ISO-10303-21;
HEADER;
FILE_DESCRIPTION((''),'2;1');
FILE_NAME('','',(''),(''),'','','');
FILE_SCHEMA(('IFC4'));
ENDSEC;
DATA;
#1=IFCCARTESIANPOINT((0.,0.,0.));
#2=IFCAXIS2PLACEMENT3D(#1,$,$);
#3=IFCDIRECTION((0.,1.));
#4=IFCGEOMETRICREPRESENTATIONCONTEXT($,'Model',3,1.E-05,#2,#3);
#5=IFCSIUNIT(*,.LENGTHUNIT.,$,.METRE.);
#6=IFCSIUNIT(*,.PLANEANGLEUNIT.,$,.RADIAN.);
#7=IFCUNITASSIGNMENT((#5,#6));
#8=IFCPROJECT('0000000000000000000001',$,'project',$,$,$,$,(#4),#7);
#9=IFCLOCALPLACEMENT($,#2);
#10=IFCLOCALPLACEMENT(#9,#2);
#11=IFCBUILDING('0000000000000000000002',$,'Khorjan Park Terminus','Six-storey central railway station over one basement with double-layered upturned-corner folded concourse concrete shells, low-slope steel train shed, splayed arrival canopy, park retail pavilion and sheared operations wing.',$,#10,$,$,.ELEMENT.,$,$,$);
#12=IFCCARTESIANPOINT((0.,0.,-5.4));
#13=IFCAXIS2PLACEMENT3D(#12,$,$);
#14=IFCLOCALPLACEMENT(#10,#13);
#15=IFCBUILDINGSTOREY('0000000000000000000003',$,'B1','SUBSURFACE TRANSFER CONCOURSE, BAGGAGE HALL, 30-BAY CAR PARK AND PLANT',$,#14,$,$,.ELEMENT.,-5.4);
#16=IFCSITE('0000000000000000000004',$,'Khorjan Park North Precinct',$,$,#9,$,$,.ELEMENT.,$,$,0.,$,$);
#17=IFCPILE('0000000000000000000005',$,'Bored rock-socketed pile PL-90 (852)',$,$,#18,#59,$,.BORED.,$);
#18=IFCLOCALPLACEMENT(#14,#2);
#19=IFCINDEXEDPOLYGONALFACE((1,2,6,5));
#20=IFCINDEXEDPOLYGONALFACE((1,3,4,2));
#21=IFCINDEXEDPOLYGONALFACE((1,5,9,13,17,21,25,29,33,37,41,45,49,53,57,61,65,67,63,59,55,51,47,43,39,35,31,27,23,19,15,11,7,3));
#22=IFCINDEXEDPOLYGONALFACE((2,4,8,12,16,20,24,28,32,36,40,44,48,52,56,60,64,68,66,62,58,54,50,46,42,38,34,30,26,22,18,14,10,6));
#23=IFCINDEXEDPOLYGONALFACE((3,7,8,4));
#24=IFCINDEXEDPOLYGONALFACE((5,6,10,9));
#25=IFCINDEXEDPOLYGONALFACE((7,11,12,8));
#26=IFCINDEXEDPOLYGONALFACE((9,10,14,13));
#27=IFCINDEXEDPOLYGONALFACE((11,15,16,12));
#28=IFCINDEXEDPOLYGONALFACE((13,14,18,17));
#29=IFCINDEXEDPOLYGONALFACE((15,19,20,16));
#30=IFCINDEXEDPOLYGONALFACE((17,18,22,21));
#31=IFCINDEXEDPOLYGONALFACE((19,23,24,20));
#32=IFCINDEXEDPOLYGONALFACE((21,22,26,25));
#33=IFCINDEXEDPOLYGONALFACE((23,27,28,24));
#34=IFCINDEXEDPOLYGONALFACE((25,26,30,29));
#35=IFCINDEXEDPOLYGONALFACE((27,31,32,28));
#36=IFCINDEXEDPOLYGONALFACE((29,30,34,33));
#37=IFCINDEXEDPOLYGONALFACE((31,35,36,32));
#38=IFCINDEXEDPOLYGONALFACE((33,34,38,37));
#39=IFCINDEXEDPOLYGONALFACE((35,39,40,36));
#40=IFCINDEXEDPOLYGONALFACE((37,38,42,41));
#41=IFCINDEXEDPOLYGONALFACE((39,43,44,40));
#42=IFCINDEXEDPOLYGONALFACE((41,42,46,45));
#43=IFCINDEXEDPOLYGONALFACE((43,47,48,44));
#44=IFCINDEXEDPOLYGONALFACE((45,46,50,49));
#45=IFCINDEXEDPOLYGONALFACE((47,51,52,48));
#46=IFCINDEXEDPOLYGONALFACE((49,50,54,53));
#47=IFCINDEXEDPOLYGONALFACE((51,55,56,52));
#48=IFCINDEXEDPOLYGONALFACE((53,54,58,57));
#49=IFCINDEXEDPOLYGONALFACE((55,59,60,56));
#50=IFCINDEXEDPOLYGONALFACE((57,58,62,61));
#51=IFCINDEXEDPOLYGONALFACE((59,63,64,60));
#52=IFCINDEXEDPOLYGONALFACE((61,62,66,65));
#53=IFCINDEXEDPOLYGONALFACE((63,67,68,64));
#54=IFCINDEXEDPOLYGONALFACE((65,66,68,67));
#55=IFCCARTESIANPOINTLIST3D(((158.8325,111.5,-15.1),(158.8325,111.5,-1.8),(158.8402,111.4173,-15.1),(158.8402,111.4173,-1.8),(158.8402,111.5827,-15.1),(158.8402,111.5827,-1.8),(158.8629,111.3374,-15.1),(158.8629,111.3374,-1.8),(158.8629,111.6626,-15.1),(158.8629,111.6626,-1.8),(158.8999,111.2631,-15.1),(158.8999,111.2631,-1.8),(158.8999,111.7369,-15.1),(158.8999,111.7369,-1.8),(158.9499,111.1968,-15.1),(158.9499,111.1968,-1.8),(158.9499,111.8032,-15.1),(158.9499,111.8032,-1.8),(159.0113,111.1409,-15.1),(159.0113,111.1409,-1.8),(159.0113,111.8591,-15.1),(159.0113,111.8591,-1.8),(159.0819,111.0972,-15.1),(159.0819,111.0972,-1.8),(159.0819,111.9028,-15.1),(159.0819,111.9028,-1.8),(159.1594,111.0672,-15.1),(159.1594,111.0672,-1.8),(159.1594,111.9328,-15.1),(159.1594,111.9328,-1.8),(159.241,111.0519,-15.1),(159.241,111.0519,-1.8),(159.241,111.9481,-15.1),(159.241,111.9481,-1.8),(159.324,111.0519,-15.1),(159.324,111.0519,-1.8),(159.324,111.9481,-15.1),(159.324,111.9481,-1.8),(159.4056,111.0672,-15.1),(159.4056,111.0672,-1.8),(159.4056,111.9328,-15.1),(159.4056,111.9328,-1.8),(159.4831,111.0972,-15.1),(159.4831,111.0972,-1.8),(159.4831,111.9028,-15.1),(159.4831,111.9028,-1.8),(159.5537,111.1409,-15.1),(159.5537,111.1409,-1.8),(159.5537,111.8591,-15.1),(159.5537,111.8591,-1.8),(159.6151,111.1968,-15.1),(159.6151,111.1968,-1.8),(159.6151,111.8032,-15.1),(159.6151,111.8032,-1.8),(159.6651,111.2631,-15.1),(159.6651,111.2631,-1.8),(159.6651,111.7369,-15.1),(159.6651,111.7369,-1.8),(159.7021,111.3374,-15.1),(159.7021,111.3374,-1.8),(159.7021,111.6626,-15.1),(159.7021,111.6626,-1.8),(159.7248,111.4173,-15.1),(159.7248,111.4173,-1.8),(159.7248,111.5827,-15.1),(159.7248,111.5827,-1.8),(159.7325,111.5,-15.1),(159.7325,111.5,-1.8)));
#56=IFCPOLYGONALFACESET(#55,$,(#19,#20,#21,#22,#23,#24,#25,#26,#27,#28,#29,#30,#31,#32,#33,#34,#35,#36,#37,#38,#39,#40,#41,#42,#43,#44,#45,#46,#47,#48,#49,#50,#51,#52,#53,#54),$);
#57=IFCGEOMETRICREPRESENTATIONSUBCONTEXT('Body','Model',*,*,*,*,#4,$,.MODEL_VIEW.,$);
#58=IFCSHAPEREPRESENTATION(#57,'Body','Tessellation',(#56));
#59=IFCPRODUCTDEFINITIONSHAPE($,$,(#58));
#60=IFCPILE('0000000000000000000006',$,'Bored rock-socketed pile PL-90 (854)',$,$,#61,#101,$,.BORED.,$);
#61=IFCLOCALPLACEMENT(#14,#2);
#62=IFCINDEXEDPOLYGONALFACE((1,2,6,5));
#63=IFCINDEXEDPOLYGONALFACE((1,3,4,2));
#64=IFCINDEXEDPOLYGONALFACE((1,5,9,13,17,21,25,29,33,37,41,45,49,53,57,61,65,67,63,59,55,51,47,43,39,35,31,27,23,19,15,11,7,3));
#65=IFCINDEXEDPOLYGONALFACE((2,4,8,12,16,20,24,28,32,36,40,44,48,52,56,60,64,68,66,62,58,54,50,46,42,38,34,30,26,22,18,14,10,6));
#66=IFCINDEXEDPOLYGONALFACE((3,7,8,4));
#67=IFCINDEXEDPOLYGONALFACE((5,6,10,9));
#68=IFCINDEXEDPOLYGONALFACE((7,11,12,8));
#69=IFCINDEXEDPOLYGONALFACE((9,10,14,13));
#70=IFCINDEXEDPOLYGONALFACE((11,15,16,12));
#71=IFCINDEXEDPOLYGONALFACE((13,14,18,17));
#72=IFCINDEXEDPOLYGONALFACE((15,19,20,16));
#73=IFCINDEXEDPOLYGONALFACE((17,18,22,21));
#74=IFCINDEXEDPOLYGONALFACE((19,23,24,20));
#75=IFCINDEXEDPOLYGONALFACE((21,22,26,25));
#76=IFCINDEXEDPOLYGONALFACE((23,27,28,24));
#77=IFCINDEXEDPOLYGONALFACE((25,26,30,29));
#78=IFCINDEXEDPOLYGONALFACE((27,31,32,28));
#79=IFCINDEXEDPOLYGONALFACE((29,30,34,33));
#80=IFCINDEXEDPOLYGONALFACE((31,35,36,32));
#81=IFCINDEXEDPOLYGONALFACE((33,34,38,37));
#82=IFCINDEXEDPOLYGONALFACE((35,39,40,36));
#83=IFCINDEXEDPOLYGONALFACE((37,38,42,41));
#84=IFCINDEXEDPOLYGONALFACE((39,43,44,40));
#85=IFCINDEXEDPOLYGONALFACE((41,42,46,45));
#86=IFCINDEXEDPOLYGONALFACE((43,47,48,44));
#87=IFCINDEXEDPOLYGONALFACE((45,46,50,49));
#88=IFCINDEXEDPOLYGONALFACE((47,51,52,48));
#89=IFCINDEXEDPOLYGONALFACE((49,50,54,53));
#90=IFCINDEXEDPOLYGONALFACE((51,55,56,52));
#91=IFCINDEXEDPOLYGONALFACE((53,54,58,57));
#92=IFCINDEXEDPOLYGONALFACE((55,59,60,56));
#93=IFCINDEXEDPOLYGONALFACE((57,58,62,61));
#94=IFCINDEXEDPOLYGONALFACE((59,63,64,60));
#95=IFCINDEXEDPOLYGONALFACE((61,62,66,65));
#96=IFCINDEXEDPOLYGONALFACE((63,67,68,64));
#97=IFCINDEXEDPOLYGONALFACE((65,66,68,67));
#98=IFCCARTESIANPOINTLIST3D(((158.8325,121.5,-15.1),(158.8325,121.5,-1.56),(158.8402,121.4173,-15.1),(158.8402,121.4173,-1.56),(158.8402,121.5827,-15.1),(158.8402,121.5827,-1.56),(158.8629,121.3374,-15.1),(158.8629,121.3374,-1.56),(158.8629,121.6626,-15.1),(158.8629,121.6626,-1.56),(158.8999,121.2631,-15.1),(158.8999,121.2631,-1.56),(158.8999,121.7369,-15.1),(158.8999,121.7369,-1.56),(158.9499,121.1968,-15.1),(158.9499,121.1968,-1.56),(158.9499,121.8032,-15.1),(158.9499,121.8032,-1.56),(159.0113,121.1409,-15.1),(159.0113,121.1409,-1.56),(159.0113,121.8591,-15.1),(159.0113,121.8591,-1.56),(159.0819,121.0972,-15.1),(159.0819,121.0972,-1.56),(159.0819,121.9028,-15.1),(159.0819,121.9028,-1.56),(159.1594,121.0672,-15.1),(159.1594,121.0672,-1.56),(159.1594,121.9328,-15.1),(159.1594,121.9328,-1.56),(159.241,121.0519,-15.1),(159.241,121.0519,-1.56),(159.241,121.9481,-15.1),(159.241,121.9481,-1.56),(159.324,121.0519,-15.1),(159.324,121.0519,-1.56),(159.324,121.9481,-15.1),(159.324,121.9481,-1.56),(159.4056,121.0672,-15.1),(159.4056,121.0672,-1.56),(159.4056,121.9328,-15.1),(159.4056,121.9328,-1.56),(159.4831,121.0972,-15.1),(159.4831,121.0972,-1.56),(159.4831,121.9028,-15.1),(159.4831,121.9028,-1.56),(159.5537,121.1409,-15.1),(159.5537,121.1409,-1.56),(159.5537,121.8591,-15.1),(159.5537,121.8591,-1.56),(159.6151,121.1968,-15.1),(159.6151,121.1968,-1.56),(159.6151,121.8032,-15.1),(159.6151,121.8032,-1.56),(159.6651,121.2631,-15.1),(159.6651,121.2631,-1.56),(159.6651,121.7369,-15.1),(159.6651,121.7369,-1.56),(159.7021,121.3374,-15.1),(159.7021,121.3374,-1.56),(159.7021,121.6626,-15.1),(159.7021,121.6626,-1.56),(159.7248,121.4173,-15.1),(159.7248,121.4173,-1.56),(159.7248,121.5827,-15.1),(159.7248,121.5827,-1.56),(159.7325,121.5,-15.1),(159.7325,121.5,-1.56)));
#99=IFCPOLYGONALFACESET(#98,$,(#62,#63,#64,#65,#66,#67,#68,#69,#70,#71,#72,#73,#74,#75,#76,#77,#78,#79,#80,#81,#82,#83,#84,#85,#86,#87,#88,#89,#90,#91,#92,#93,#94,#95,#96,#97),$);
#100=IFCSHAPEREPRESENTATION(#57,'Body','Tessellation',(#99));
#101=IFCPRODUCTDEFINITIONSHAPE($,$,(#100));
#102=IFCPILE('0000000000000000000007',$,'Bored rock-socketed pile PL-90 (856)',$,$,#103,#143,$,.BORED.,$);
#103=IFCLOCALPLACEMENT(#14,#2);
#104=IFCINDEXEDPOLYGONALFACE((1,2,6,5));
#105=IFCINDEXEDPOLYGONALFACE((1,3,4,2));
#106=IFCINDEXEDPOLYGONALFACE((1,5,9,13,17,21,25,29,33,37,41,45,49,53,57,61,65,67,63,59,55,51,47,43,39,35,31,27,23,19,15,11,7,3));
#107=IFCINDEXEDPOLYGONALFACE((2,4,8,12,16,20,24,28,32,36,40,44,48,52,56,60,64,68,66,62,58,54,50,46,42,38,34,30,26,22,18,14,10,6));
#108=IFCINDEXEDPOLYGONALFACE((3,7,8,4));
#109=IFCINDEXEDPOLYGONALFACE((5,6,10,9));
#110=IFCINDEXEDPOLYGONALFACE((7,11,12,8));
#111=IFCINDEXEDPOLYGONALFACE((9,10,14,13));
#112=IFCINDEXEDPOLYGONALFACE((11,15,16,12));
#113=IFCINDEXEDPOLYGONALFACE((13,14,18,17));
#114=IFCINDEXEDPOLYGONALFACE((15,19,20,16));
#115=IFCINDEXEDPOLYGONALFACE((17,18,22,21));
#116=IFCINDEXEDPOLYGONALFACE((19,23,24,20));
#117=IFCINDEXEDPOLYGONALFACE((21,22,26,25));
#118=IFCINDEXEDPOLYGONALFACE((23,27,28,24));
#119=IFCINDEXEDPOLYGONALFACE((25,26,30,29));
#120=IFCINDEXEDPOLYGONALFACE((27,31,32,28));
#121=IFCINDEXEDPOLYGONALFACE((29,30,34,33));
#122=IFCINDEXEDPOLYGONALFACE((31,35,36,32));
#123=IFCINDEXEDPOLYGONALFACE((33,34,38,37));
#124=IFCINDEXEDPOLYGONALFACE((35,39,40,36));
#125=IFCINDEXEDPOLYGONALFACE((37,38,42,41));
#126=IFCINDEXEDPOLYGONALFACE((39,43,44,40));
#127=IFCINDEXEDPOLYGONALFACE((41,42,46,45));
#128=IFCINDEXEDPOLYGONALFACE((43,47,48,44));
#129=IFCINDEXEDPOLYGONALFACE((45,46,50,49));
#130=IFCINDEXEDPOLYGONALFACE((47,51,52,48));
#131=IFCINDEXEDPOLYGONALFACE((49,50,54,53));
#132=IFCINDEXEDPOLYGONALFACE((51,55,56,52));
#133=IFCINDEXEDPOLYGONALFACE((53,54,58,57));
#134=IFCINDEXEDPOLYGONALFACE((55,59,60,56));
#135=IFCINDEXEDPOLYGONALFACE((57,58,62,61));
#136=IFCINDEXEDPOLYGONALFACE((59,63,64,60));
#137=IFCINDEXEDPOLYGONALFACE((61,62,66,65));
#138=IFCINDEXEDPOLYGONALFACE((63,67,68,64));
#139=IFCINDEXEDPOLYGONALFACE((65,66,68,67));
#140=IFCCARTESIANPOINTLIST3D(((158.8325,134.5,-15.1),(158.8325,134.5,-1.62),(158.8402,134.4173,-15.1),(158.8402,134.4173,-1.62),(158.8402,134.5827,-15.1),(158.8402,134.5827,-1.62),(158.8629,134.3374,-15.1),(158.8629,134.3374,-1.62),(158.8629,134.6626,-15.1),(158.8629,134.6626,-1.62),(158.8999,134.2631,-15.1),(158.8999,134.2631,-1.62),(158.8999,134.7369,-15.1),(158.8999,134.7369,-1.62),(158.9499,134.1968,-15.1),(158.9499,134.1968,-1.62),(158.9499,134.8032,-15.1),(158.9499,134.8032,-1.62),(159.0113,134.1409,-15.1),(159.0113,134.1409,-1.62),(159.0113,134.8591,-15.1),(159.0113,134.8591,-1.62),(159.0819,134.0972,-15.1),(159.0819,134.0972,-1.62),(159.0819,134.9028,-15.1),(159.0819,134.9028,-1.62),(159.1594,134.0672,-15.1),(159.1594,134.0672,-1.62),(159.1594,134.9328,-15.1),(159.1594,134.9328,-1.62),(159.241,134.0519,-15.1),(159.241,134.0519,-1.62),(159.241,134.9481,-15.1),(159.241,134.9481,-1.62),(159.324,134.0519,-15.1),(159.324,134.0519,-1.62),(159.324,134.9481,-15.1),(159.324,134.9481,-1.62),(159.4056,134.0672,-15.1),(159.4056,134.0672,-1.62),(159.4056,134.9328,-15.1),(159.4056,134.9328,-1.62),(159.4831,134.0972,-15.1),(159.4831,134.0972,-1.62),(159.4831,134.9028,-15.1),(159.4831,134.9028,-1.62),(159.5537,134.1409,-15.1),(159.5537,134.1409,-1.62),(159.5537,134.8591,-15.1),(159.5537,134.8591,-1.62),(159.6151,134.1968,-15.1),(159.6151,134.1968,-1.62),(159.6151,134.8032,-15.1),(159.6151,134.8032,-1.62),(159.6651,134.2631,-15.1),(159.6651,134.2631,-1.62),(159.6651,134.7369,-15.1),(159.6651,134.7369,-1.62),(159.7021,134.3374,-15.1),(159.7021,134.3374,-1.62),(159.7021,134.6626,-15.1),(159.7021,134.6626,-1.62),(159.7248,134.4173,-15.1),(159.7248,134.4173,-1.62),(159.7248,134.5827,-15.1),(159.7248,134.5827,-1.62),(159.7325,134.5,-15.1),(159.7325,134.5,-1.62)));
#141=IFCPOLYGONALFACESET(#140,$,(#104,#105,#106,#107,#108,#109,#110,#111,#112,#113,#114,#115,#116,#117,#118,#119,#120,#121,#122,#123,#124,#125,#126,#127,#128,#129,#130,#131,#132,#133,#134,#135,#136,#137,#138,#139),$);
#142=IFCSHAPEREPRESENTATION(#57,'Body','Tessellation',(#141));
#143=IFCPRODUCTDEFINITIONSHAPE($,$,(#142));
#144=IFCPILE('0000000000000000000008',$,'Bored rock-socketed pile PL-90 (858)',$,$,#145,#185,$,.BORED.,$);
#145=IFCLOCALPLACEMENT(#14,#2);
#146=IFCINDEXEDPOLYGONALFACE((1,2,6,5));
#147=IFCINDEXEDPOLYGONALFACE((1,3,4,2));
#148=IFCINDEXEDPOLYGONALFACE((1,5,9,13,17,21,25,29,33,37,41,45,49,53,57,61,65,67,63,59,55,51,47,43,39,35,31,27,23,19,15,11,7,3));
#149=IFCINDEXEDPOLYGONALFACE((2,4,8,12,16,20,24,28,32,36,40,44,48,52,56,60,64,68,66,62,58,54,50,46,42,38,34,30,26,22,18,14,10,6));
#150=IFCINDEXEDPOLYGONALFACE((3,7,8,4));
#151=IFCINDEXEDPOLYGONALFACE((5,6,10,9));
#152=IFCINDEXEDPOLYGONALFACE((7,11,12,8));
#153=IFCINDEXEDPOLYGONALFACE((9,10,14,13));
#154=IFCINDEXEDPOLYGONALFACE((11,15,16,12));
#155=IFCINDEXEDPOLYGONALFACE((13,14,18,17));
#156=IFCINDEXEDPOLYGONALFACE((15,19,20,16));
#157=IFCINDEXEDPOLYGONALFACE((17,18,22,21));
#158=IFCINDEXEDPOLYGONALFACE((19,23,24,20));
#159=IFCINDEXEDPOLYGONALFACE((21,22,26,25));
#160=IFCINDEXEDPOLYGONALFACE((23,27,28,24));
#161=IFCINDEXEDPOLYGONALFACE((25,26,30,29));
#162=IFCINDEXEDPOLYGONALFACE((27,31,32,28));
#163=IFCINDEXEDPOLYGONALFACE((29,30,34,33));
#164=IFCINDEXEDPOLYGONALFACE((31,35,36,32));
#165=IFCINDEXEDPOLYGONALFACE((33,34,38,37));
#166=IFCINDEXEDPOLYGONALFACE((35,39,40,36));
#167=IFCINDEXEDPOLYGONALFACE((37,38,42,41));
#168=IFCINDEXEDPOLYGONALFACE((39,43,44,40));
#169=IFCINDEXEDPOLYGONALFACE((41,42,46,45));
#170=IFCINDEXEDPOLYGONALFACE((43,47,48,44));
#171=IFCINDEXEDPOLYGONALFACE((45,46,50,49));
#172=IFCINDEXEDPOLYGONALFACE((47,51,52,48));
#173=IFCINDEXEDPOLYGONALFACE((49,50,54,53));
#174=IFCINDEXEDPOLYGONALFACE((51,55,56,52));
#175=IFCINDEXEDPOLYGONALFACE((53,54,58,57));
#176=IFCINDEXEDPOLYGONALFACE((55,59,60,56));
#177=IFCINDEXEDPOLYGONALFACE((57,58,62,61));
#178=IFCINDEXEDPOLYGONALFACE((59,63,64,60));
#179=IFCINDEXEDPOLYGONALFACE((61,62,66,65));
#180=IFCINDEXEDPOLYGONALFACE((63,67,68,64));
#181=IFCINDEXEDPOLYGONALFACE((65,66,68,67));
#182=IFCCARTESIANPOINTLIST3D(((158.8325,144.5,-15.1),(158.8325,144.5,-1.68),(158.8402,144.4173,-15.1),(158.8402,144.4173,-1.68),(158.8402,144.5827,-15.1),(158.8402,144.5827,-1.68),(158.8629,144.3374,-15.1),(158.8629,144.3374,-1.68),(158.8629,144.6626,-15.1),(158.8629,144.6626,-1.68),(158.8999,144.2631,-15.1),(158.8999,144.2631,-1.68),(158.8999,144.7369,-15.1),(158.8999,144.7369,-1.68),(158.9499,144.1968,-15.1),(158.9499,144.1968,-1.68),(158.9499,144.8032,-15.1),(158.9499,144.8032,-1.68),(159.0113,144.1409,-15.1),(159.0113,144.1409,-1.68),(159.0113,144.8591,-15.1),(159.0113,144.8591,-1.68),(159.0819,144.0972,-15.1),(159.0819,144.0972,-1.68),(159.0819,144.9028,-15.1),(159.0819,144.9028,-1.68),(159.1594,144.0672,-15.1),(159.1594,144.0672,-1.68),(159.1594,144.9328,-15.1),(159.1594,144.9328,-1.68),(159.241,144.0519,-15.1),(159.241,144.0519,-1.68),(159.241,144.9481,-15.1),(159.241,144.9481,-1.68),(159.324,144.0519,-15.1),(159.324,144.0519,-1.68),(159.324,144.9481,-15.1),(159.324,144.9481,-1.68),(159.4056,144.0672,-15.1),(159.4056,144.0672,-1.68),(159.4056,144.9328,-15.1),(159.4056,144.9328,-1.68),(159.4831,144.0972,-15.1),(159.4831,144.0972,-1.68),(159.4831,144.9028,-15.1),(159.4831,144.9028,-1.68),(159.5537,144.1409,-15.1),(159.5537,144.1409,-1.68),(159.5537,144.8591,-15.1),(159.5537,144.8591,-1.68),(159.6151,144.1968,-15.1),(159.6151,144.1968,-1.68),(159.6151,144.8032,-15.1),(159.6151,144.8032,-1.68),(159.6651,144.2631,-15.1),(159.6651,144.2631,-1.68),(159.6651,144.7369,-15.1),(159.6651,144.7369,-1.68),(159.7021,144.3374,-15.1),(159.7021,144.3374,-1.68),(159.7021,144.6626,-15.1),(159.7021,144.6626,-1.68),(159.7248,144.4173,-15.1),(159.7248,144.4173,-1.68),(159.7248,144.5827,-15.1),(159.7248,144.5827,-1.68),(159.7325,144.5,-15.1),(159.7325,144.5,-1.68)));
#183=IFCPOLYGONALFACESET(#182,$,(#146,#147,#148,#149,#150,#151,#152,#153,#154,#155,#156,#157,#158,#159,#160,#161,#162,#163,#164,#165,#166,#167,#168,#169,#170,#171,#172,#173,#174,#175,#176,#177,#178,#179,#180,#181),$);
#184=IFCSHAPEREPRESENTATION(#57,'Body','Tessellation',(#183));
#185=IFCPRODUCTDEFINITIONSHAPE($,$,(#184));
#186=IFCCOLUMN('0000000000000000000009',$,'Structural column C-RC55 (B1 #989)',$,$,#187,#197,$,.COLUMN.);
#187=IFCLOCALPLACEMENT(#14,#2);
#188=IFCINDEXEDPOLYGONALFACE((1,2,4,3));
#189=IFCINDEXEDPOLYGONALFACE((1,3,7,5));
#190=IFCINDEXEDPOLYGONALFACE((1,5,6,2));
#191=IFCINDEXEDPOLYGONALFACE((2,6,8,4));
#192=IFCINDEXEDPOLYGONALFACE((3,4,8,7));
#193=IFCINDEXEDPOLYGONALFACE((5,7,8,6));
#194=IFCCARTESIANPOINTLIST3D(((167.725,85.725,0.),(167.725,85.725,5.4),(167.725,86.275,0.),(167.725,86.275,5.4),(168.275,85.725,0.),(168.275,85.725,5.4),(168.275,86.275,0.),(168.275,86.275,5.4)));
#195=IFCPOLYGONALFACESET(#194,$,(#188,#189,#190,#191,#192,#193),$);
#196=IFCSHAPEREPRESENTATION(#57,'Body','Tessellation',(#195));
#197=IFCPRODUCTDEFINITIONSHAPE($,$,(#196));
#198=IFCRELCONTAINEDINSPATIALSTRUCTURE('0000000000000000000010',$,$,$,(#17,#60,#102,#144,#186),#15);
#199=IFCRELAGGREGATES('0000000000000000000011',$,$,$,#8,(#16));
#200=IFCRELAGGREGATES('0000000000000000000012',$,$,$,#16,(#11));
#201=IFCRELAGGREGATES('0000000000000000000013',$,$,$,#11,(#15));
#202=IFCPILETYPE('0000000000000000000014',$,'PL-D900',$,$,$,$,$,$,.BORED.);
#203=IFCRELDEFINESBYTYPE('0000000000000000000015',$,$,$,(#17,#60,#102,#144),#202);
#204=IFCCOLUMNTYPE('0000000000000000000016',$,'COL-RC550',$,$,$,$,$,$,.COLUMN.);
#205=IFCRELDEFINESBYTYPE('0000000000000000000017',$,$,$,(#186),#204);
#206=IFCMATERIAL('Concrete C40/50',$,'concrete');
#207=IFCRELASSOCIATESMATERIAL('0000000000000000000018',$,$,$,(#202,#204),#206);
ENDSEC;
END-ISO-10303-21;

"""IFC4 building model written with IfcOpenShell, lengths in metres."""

from ifc_helpers import new_model, si_unit, direction, frame, origin, origin_2d, place, context, subcontext, project, spatial, rectangle, circle, extrude, material, material_profile, profile_set, type_object, element, save


model = new_model("IFC4")

# Units and contexts
model_context = context("Model", 3, precision=1e-05, world=origin(), true_north=direction((0.0, 1.0)))
body_context = subcontext(model_context, "Body", "Model", "MODEL_VIEW")
ifc_project = project(units=[si_unit("LENGTHUNIT", "METRE"), si_unit("PLANEANGLEUNIT", "RADIAN")], contexts=[model_context])

# Site, building, storey
site_placement = place(None, origin())
site = spatial("IfcSite", under=ifc_project, at=site_placement, Name="Khorjan Park North Precinct", CompositionType="ELEMENT", RefElevation=0.0)
building_placement = place(site_placement, origin())
building = spatial("IfcBuilding", under=site, at=building_placement, Name="Khorjan Park Terminus", Description="Six-storey central railway station over one basement with double-layered upturned-corner folded concourse concrete shells, low-slope steel train shed, splayed arrival canopy, park retail pavilion and sheared operations wing.", CompositionType="ELEMENT")
storey_placement = place(building_placement, frame((0.0, 0.0, -5.4)))
storey = spatial("IfcBuildingStorey", under=building, at=storey_placement, Name="B1", Description="SUBSURFACE TRANSFER CONCOURSE, BAGGAGE HALL, 30-BAY CAR PARK AND PLANT", CompositionType="ELEMENT", Elevation=-5.4)

# Shared definitions
ifc_material_1 = material(Name="Concrete C40/50", Category="concrete")

# Piles
ifc_material_profile_1 = material_profile(ifc_material_1, circle(Radius=0.45, at=origin_2d()), Name="BORED D900")
ifc_profile_set_1 = profile_set([ifc_material_profile_1], Name="Concrete C40/50")
pile_type_1 = type_object("IfcPileType", Name="PL-D900", PredefinedType="BORED", material=ifc_profile_set_1)
pile_1_placement = place(storey_placement, frame((159.2825, 111.5, -1.8), z_axis=(0.0, 0.0, -1.0), x_axis=(1.0, 0.0, 0.0)))
element("IfcPile", 1, at=pile_1_placement, inside=storey, type_object=pile_type_1, Name="Bored rock-socketed pile PL-90 (852)", PredefinedType="BORED", context=body_context, shape_type="SweptSolid", body=[
    extrude(circle(Radius=0.45, at=origin_2d()), origin(), (0.0, 0.0, 1.0), 13.3),
])
pile_2_placement = place(storey_placement, frame((159.2825, 121.5, -1.56), z_axis=(0.0, 0.0, -1.0), x_axis=(1.0, 0.0, 0.0)))
element("IfcPile", 2, at=pile_2_placement, inside=storey, type_object=pile_type_1, Name="Bored rock-socketed pile PL-90 (854)", PredefinedType="BORED", context=body_context, shape_type="SweptSolid", body=[
    extrude(circle(Radius=0.45, at=origin_2d()), origin(), (0.0, 0.0, 1.0), 13.54),
])
pile_3_placement = place(storey_placement, frame((159.2825, 134.5, -1.62), z_axis=(0.0, 0.0, -1.0), x_axis=(1.0, 0.0, 0.0)))
element("IfcPile", 3, at=pile_3_placement, inside=storey, type_object=pile_type_1, Name="Bored rock-socketed pile PL-90 (856)", PredefinedType="BORED", context=body_context, shape_type="SweptSolid", body=[
    extrude(circle(Radius=0.45, at=origin_2d()), origin(), (0.0, 0.0, 1.0), 13.48),
])
pile_4_placement = place(storey_placement, frame((159.2825, 144.5, -1.68), z_axis=(0.0, 0.0, -1.0), x_axis=(1.0, 0.0, 0.0)))
element("IfcPile", 4, at=pile_4_placement, inside=storey, type_object=pile_type_1, Name="Bored rock-socketed pile PL-90 (858)", PredefinedType="BORED", context=body_context, shape_type="SweptSolid", body=[
    extrude(circle(Radius=0.45, at=origin_2d()), origin(), (0.0, 0.0, 1.0), 13.42),
])

# Column
ifc_material_profile_2 = material_profile(ifc_material_1, rectangle(XDim=0.55, YDim=0.55, at=origin_2d()), Name="RC 550x550")
ifc_profile_set_2 = profile_set([ifc_material_profile_2], Name="Concrete C40/50")
column_type_1 = type_object("IfcColumnType", Name="COL-RC550", PredefinedType="COLUMN", material=ifc_profile_set_2)
column_1_placement = place(storey_placement, frame((168.0, 86.0, 0.0), z_axis=(0.0, 0.0, 1.0), x_axis=(1.0, 0.0, 0.0)))
element("IfcColumn", 5, at=column_1_placement, inside=storey, type_object=column_type_1, Name="Structural column C-RC55 (B1 #989)", PredefinedType="COLUMN", context=body_context, shape_type="SweptSolid", body=[
    extrude(rectangle(XDim=0.55, YDim=0.55, at=origin_2d()), origin(), (0.0, 0.0, 1.0), 5.4),
])

save(model, "model.ifc")
